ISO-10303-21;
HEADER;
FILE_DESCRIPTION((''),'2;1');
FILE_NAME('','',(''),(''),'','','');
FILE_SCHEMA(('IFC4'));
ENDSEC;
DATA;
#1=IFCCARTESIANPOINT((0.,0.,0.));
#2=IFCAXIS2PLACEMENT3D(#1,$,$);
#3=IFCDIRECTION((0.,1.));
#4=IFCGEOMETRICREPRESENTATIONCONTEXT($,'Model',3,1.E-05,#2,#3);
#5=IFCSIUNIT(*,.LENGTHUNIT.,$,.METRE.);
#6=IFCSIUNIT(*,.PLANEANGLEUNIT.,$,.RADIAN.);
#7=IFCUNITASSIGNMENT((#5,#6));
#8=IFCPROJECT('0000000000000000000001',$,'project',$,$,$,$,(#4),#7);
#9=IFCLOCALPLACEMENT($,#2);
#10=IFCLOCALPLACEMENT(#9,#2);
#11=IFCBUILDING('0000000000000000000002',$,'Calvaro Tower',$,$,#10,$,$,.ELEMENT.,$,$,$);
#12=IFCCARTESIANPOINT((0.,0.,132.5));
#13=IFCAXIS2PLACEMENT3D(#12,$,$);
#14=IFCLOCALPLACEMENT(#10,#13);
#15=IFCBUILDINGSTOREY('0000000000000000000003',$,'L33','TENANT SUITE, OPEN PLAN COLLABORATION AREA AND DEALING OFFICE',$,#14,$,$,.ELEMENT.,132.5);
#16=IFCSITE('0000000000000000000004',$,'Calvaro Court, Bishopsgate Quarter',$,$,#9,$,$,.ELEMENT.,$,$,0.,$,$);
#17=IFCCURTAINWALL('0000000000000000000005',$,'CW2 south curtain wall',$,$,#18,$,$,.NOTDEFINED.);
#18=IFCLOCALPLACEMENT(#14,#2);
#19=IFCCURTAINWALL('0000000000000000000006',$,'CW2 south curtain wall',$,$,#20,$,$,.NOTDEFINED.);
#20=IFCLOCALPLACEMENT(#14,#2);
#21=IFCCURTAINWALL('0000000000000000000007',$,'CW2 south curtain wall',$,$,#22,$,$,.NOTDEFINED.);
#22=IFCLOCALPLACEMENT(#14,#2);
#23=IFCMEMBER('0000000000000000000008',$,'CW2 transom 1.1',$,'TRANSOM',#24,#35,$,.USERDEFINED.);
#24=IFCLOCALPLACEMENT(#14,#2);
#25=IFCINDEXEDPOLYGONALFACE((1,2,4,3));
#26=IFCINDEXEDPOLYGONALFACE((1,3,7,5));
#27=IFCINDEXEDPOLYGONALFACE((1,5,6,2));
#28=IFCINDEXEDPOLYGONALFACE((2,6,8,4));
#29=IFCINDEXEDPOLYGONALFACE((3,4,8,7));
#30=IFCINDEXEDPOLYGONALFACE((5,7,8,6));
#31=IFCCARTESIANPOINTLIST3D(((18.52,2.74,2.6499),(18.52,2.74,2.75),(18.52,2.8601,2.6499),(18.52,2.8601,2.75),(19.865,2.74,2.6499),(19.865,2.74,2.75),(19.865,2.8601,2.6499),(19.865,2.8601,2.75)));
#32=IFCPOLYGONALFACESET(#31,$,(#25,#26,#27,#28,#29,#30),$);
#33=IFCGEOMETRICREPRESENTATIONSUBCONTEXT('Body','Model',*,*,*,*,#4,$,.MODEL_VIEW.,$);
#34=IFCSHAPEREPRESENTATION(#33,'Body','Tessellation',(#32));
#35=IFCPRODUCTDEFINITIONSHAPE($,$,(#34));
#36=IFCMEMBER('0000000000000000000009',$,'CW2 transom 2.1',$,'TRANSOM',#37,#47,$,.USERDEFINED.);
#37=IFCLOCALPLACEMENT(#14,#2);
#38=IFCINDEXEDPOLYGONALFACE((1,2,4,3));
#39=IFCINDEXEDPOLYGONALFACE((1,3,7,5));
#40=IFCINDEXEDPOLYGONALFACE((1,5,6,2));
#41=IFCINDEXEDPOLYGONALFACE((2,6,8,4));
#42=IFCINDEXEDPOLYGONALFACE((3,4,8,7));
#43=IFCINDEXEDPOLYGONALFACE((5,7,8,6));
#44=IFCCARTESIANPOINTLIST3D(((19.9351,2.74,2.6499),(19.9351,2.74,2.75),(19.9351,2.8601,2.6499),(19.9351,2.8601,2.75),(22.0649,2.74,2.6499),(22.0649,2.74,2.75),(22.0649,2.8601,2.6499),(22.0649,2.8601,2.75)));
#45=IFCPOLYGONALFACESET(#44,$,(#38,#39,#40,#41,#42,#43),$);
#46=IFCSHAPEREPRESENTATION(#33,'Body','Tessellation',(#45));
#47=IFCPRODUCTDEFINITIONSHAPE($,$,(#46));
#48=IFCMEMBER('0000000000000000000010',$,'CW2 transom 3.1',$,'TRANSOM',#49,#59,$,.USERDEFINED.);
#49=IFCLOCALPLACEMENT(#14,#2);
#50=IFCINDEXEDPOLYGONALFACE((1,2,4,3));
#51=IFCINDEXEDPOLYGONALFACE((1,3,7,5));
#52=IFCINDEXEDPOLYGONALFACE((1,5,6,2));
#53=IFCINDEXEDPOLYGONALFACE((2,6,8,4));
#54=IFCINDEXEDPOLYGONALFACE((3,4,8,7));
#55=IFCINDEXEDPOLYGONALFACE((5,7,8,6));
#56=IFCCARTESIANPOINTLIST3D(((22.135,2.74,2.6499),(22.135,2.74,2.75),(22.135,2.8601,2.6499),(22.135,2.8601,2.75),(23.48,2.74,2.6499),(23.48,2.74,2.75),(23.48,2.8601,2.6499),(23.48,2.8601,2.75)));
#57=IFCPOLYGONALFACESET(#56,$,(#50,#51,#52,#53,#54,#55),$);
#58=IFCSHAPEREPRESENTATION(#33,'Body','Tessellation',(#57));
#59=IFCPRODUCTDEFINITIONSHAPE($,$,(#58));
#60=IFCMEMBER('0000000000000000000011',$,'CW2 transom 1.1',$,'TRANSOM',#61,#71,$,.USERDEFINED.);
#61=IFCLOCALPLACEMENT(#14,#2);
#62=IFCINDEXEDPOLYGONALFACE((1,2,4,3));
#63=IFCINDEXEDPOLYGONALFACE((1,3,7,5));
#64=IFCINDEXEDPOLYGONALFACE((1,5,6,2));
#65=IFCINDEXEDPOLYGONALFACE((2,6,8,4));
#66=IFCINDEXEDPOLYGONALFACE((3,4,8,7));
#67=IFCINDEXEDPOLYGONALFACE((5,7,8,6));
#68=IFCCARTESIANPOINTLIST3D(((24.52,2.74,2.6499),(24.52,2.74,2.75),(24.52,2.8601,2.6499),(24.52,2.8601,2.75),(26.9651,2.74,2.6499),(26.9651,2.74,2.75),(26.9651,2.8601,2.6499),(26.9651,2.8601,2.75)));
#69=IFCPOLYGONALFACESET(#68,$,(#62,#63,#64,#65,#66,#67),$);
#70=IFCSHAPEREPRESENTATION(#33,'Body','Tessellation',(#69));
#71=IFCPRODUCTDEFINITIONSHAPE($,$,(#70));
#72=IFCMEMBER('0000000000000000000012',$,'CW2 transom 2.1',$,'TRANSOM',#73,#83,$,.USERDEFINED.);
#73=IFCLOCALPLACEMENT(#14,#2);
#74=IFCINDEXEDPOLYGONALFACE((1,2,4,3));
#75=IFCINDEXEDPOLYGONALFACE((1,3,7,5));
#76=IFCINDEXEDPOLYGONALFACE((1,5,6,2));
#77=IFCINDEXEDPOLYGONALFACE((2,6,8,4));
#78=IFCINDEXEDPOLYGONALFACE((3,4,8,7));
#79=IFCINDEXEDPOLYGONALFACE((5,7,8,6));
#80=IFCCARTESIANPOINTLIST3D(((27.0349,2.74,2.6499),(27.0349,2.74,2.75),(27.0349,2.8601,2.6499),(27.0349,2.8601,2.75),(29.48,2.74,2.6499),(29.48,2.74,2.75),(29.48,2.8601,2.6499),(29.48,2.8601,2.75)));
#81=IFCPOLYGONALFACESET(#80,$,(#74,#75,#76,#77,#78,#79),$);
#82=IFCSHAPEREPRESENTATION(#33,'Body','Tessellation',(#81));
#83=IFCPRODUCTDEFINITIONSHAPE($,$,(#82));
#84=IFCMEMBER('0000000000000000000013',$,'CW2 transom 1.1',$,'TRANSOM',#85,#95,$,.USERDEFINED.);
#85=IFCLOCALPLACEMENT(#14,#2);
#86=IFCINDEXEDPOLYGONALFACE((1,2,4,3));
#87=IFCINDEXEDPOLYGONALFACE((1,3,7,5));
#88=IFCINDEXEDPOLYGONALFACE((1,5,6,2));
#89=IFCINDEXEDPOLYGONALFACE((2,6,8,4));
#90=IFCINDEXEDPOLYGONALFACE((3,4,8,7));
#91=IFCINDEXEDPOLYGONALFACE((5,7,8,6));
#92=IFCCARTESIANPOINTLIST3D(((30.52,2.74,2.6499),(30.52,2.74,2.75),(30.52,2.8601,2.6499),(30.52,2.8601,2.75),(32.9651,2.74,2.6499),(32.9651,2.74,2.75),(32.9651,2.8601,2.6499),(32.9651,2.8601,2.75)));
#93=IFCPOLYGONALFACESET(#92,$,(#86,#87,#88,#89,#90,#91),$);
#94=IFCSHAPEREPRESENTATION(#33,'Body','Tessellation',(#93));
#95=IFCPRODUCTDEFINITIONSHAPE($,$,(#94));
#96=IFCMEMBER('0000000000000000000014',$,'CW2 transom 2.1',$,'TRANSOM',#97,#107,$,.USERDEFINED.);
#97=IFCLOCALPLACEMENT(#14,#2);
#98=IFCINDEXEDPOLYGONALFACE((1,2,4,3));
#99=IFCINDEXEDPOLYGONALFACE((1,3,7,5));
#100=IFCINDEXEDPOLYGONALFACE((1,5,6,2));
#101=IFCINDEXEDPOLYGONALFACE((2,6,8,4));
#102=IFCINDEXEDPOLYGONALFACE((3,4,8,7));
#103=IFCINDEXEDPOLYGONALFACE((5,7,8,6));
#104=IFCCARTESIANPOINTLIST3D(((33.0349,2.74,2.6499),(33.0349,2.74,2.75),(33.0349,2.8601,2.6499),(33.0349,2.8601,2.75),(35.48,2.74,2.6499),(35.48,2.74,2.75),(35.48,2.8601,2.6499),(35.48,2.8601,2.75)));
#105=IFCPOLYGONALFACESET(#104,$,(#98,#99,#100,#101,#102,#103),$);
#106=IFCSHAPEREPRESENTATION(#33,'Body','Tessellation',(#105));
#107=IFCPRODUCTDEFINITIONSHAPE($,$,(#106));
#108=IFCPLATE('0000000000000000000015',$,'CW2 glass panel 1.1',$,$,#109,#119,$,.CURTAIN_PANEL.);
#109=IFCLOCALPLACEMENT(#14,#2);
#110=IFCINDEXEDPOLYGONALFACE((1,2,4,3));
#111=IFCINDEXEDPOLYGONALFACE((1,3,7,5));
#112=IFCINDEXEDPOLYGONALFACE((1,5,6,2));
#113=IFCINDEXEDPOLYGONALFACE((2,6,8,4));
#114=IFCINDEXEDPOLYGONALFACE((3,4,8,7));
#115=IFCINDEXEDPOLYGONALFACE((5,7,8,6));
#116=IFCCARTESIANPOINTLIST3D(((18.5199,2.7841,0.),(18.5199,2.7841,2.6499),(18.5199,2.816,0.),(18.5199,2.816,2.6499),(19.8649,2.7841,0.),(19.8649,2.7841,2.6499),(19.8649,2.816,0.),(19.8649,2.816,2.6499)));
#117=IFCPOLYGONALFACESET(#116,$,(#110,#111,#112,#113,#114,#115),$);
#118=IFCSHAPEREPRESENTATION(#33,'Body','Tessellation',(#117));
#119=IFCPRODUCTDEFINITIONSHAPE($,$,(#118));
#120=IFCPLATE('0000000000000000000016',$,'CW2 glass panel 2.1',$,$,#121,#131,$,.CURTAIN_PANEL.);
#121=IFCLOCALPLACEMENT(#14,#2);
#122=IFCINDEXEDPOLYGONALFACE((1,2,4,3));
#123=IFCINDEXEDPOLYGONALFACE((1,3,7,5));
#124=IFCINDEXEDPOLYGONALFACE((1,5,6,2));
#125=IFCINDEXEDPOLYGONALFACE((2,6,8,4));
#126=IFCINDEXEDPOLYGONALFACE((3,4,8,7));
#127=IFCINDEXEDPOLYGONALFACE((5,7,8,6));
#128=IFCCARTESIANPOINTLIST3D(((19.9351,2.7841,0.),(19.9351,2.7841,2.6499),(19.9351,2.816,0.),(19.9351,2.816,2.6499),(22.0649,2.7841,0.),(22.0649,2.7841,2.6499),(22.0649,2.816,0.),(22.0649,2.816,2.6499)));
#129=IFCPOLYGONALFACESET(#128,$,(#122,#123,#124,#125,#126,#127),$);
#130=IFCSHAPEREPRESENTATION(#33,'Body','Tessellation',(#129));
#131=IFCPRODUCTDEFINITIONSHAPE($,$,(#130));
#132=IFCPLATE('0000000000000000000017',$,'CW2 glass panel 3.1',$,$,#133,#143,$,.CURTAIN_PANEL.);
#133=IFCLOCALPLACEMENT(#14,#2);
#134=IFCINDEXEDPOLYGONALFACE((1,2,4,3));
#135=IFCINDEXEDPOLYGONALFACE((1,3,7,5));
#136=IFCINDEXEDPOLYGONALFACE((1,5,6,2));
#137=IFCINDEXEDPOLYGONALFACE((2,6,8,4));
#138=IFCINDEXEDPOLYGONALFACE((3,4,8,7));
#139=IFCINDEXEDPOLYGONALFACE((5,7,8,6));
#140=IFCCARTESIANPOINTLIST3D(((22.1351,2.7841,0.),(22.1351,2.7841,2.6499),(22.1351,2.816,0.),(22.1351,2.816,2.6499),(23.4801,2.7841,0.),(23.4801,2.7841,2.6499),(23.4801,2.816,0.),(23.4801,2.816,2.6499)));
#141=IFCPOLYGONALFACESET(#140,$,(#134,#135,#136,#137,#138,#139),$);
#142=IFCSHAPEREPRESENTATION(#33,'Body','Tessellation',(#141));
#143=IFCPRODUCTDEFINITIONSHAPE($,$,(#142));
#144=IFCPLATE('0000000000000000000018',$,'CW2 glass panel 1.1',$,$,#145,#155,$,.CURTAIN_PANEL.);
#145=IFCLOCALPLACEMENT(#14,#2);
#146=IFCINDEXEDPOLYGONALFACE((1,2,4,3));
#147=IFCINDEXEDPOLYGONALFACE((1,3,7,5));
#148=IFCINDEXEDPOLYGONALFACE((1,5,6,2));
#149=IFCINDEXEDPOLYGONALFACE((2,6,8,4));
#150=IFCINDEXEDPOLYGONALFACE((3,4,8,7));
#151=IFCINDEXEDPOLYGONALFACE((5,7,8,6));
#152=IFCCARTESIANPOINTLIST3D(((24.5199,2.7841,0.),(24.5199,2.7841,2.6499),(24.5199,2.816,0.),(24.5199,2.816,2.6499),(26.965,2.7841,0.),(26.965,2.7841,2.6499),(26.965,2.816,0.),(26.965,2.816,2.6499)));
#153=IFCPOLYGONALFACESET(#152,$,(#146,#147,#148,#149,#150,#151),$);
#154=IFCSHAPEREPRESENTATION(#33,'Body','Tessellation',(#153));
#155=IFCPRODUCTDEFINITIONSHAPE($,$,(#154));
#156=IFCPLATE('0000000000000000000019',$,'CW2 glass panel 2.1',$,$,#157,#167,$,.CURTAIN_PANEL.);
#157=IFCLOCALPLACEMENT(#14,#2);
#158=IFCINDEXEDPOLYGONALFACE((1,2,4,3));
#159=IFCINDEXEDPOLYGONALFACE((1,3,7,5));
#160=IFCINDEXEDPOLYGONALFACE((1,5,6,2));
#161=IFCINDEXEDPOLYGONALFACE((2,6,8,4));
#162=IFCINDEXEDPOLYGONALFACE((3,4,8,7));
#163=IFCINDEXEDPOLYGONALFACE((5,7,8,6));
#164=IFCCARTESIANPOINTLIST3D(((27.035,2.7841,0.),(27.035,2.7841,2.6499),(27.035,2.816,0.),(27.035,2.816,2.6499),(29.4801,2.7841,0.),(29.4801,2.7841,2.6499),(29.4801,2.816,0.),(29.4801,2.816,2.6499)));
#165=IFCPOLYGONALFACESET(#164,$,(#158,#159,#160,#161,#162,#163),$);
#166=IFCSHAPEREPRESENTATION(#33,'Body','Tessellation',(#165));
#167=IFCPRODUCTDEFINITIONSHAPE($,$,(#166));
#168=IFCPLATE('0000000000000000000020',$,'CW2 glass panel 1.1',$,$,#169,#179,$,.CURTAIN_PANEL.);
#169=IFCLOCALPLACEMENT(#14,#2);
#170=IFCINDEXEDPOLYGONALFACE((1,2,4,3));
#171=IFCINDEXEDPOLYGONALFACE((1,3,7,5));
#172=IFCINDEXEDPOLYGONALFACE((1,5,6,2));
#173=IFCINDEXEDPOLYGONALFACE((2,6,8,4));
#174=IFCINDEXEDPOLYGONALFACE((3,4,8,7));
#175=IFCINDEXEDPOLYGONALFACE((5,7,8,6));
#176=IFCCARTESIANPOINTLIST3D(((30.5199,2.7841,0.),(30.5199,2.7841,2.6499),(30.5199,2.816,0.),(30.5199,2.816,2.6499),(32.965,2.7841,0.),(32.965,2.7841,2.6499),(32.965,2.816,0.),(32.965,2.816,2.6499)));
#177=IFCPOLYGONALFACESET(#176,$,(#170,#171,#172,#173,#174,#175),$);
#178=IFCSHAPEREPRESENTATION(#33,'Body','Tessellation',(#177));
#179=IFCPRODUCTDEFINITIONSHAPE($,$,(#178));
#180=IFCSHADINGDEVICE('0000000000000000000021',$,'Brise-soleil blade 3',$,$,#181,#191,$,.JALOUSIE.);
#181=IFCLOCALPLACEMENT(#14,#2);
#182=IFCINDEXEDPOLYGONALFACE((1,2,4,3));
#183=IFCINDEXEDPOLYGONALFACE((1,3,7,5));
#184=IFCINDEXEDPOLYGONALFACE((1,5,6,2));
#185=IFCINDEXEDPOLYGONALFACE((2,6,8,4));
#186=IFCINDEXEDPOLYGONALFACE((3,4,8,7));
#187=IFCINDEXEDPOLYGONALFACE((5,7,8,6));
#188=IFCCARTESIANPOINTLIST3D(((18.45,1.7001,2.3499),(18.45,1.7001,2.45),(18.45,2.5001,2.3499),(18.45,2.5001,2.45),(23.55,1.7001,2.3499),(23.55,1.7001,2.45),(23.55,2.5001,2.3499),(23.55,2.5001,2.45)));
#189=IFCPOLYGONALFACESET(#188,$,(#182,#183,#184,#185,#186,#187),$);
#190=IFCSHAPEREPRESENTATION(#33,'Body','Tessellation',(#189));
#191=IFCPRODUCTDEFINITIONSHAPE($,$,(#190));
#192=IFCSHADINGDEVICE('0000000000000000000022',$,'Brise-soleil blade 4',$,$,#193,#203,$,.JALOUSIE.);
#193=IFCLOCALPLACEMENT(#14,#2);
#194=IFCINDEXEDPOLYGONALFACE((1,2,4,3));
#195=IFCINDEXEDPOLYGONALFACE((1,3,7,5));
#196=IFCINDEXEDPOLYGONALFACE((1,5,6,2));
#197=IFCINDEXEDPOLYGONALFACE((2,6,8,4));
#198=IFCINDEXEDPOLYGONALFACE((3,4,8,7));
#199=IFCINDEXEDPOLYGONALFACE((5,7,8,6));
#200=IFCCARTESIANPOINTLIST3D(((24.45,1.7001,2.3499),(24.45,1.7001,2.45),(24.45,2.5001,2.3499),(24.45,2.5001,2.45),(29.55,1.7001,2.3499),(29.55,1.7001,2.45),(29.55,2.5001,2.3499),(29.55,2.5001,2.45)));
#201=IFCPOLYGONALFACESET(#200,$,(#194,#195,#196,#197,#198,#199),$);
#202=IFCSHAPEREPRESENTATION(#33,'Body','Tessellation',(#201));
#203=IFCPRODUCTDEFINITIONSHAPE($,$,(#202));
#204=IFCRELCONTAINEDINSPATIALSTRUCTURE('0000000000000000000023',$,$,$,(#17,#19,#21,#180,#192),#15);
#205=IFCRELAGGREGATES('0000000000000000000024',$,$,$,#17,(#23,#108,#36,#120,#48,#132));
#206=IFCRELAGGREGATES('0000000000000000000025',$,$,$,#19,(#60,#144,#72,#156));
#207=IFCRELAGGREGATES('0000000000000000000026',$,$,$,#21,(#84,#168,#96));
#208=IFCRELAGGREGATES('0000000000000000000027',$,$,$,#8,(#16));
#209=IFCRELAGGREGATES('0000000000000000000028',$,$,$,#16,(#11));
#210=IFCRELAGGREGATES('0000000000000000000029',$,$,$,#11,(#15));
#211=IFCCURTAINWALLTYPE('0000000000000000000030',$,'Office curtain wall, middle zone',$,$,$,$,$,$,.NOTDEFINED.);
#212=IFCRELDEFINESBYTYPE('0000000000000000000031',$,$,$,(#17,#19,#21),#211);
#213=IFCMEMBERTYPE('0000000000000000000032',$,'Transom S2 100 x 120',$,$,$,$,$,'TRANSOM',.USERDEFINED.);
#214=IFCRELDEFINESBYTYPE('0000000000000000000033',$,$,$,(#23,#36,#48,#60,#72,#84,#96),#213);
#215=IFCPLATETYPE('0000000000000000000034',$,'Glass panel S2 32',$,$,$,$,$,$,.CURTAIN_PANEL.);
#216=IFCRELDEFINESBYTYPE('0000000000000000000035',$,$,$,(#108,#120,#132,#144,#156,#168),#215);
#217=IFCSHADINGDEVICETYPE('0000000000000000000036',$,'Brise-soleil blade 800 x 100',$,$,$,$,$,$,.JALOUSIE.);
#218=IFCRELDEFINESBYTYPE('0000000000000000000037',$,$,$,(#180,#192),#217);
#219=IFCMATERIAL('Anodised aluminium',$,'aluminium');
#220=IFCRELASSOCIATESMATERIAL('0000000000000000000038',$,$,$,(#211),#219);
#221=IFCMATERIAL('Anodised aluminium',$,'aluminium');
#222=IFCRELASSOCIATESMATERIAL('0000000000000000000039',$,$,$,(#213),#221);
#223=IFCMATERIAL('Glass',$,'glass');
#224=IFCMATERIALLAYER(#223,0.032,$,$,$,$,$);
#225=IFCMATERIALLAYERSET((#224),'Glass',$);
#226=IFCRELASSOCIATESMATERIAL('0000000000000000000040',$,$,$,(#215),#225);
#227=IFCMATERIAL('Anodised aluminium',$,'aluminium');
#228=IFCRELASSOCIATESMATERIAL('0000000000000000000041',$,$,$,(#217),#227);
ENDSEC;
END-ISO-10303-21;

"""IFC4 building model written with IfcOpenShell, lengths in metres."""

from ifc_helpers import new_model, si_unit, direction, frame, origin, origin_2d, place, context, subcontext, project, spatial, rectangle, extrude, material, layer, layer_set, material_profile, profile_set, type_object, element, aggregate, save


model = new_model("IFC4")

# Units and contexts
model_context = context("Model", 3, precision=1e-05, world=origin(), true_north=direction((0.0, 1.0)))
body_context = subcontext(model_context, "Body", "Model", "MODEL_VIEW")
ifc_project = project(units=[si_unit("LENGTHUNIT", "METRE"), si_unit("PLANEANGLEUNIT", "RADIAN")], contexts=[model_context])

# Site, building, storey
site_placement = place(None, origin())
site = spatial("IfcSite", under=ifc_project, at=site_placement, Name="Calvaro Court, Bishopsgate Quarter", CompositionType="ELEMENT", RefElevation=0.0)
building_placement = place(site_placement, origin())
building = spatial("IfcBuilding", under=site, at=building_placement, Name="Calvaro Tower", CompositionType="ELEMENT")
storey_placement = place(building_placement, frame((0.0, 0.0, 132.5)))
storey = spatial("IfcBuildingStorey", under=building, at=storey_placement, Name="L33", Description="TENANT SUITE, OPEN PLAN COLLABORATION AREA AND DEALING OFFICE", CompositionType="ELEMENT", Elevation=132.5)

# Shared definitions
ifc_material_1 = material(Name="Anodised aluminium", Category="aluminium")
curtain_wall_type = type_object("IfcCurtainWallType", Name="Office curtain wall, middle zone", PredefinedType="NOTDEFINED", material=ifc_material_1)

# Curtain walls
curtain_wall_1_placement = place(storey_placement, origin())
curtain_wall_1 = element("IfcCurtainWall", 1, at=curtain_wall_1_placement, inside=storey, type_object=curtain_wall_type, Name="CW2 south curtain wall", PredefinedType="NOTDEFINED")
curtain_wall_2_placement = place(storey_placement, origin())
curtain_wall_2 = element("IfcCurtainWall", 2, at=curtain_wall_2_placement, inside=storey, type_object=curtain_wall_type, Name="CW2 south curtain wall", PredefinedType="NOTDEFINED")
curtain_wall_3_placement = place(storey_placement, origin())
curtain_wall_3 = element("IfcCurtainWall", 3, at=curtain_wall_3_placement, inside=storey, type_object=curtain_wall_type, Name="CW2 south curtain wall", PredefinedType="NOTDEFINED")

# Members
ifc_material_2 = material(Name="Anodised aluminium", Category="aluminium")
ifc_material_profile_1 = material_profile(ifc_material_2, rectangle(XDim=0.1201, YDim=0.1001, at=origin_2d()), Name="Transom S2 100 x 120")
ifc_profile_set_1 = profile_set([ifc_material_profile_1], Name="Anodised aluminium")
member_type_1 = type_object("IfcMemberType", Name="Transom S2 100 x 120", ElementType="TRANSOM", PredefinedType="USERDEFINED", material=ifc_profile_set_1)
member_1_placement = place(storey_placement, frame((18.52, 2.8, 2.7), z_axis=(1.0, 0.0, 0.0), x_axis=(0.0, 1.0, 0.0)))
member_1 = element("IfcMember", 4, at=member_1_placement, type_object=member_type_1, Name="CW2 transom 1.1", ObjectType="TRANSOM", PredefinedType="USERDEFINED", context=body_context, shape_type="SweptSolid", body=[
    extrude(rectangle(XDim=0.1201, YDim=0.1001, at=origin_2d()), origin(), (0.0, 0.0, 1.0), 1.345),
])
member_2_placement = place(storey_placement, frame((19.9351, 2.8, 2.7), z_axis=(1.0, 0.0, 0.0), x_axis=(0.0, 1.0, 0.0)))
member_2 = element("IfcMember", 5, at=member_2_placement, type_object=member_type_1, Name="CW2 transom 2.1", ObjectType="TRANSOM", PredefinedType="USERDEFINED", context=body_context, shape_type="SweptSolid", body=[
    extrude(rectangle(XDim=0.1201, YDim=0.1001, at=origin_2d()), origin(), (0.0, 0.0, 1.0), 2.1299),
])
member_3_placement = place(storey_placement, frame((22.135, 2.8, 2.7), z_axis=(1.0, 0.0, 0.0), x_axis=(0.0, 1.0, 0.0)))
member_3 = element("IfcMember", 6, at=member_3_placement, type_object=member_type_1, Name="CW2 transom 3.1", ObjectType="TRANSOM", PredefinedType="USERDEFINED", context=body_context, shape_type="SweptSolid", body=[
    extrude(rectangle(XDim=0.1201, YDim=0.1001, at=origin_2d()), origin(), (0.0, 0.0, 1.0), 1.345),
])
member_4_placement = place(storey_placement, frame((24.52, 2.8, 2.7), z_axis=(1.0, 0.0, 0.0), x_axis=(0.0, 1.0, 0.0)))
member_4 = element("IfcMember", 7, at=member_4_placement, type_object=member_type_1, Name="CW2 transom 1.1", ObjectType="TRANSOM", PredefinedType="USERDEFINED", context=body_context, shape_type="SweptSolid", body=[
    extrude(rectangle(XDim=0.1201, YDim=0.1001, at=origin_2d()), origin(), (0.0, 0.0, 1.0), 2.4451),
])
member_5_placement = place(storey_placement, frame((27.0349, 2.8, 2.7), z_axis=(1.0, 0.0, 0.0), x_axis=(0.0, 1.0, 0.0)))
member_5 = element("IfcMember", 8, at=member_5_placement, type_object=member_type_1, Name="CW2 transom 2.1", ObjectType="TRANSOM", PredefinedType="USERDEFINED", context=body_context, shape_type="SweptSolid", body=[
    extrude(rectangle(XDim=0.1201, YDim=0.1001, at=origin_2d()), origin(), (0.0, 0.0, 1.0), 2.4451),
])
member_6_placement = place(storey_placement, frame((30.52, 2.8, 2.7), z_axis=(1.0, 0.0, 0.0), x_axis=(0.0, 1.0, 0.0)))
member_6 = element("IfcMember", 9, at=member_6_placement, type_object=member_type_1, Name="CW2 transom 1.1", ObjectType="TRANSOM", PredefinedType="USERDEFINED", context=body_context, shape_type="SweptSolid", body=[
    extrude(rectangle(XDim=0.1201, YDim=0.1001, at=origin_2d()), origin(), (0.0, 0.0, 1.0), 2.4451),
])
member_7_placement = place(storey_placement, frame((33.0349, 2.8, 2.7), z_axis=(1.0, 0.0, 0.0), x_axis=(0.0, 1.0, 0.0)))
member_7 = element("IfcMember", 10, at=member_7_placement, type_object=member_type_1, Name="CW2 transom 2.1", ObjectType="TRANSOM", PredefinedType="USERDEFINED", context=body_context, shape_type="SweptSolid", body=[
    extrude(rectangle(XDim=0.1201, YDim=0.1001, at=origin_2d()), origin(), (0.0, 0.0, 1.0), 2.4451),
])

# Plates
ifc_material_3 = material(Name="Glass", Category="glass")
ifc_layer = layer(ifc_material_3, 0.032)
ifc_layer_set = layer_set([ifc_layer], Name="Glass")
plate_type = type_object("IfcPlateType", Name="Glass panel S2 32", PredefinedType="CURTAIN_PANEL", material=ifc_layer_set)
plate_1_placement = place(storey_placement, frame((19.1924, 2.8, 0.0), z_axis=(0.0, 0.0, 1.0), x_axis=(1.0, 0.0, 0.0)))
plate_1 = element("IfcPlate", 11, at=plate_1_placement, type_object=plate_type, Name="CW2 glass panel 1.1", PredefinedType="CURTAIN_PANEL", context=body_context, shape_type="SweptSolid", body=[
    extrude(rectangle(XDim=1.345, YDim=0.032, at=origin_2d()), origin(), (0.0, 0.0, 1.0), 2.6499),
])
plate_2_placement = place(storey_placement, frame((21.0, 2.8, 0.0), z_axis=(0.0, 0.0, 1.0), x_axis=(1.0, 0.0, 0.0)))
plate_2 = element("IfcPlate", 12, at=plate_2_placement, type_object=plate_type, Name="CW2 glass panel 2.1", PredefinedType="CURTAIN_PANEL", context=body_context, shape_type="SweptSolid", body=[
    extrude(rectangle(XDim=2.1299, YDim=0.032, at=origin_2d()), origin(), (0.0, 0.0, 1.0), 2.6499),
])
plate_3_placement = place(storey_placement, frame((22.8076, 2.8, 0.0), z_axis=(0.0, 0.0, 1.0), x_axis=(1.0, 0.0, 0.0)))
plate_3 = element("IfcPlate", 13, at=plate_3_placement, type_object=plate_type, Name="CW2 glass panel 3.1", PredefinedType="CURTAIN_PANEL", context=body_context, shape_type="SweptSolid", body=[
    extrude(rectangle(XDim=1.345, YDim=0.032, at=origin_2d()), origin(), (0.0, 0.0, 1.0), 2.6499),
])
aggregate(curtain_wall_1, [member_1, plate_1, member_2, plate_2, member_3, plate_3])
plate_4_placement = place(storey_placement, frame((25.7424, 2.8, 0.0), z_axis=(0.0, 0.0, 1.0), x_axis=(1.0, 0.0, 0.0)))
plate_4 = element("IfcPlate", 14, at=plate_4_placement, type_object=plate_type, Name="CW2 glass panel 1.1", PredefinedType="CURTAIN_PANEL", context=body_context, shape_type="SweptSolid", body=[
    extrude(rectangle(XDim=2.4451, YDim=0.032, at=origin_2d()), origin(), (0.0, 0.0, 1.0), 2.6499),
])
plate_5_placement = place(storey_placement, frame((28.2576, 2.8, 0.0), z_axis=(0.0, 0.0, 1.0), x_axis=(1.0, 0.0, 0.0)))
plate_5 = element("IfcPlate", 15, at=plate_5_placement, type_object=plate_type, Name="CW2 glass panel 2.1", PredefinedType="CURTAIN_PANEL", context=body_context, shape_type="SweptSolid", body=[
    extrude(rectangle(XDim=2.4451, YDim=0.032, at=origin_2d()), origin(), (0.0, 0.0, 1.0), 2.6499),
])
aggregate(curtain_wall_2, [member_4, plate_4, member_5, plate_5])
plate_6_placement = place(storey_placement, frame((31.7424, 2.8, 0.0), z_axis=(0.0, 0.0, 1.0), x_axis=(1.0, 0.0, 0.0)))
plate_6 = element("IfcPlate", 16, at=plate_6_placement, type_object=plate_type, Name="CW2 glass panel 1.1", PredefinedType="CURTAIN_PANEL", context=body_context, shape_type="SweptSolid", body=[
    extrude(rectangle(XDim=2.4451, YDim=0.032, at=origin_2d()), origin(), (0.0, 0.0, 1.0), 2.6499),
])
aggregate(curtain_wall_3, [member_6, plate_6, member_7])

# Shading devices
ifc_material_4 = material(Name="Anodised aluminium", Category="aluminium")
ifc_material_profile_2 = material_profile(ifc_material_4, rectangle(XDim=0.8, YDim=0.1001, at=origin_2d()), Name="Brise-soleil blade 800 x 100")
ifc_profile_set_2 = profile_set([ifc_material_profile_2], Name="Anodised aluminium")
shading_device_type = type_object("IfcShadingDeviceType", Name="Brise-soleil blade 800 x 100", PredefinedType="JALOUSIE", material=ifc_profile_set_2)
for number, where, z_axis, x_axis, name in (
    (17, (18.45, 2.1001, 2.3999), (1.0, 0.0, 0.0), (0.0, 1.0, 0.0), "Brise-soleil blade 3"),
    (18, (24.45, 2.1001, 2.3999), (1.0, 0.0, 0.0), (0.0, 1.0, 0.0), "Brise-soleil blade 4"),
):
    element("IfcShadingDevice", number, at=place(storey_placement, frame(where, z_axis=z_axis, x_axis=x_axis)), inside=storey, type_object=shading_device_type, Name=name, PredefinedType="JALOUSIE", context=body_context, shape_type="SweptSolid", body=[
        extrude(rectangle(XDim=0.8, YDim=0.1001, at=origin_2d()), origin(), (0.0, 0.0, 1.0), 5.1001),
    ])

save(model, "model.ifc")
